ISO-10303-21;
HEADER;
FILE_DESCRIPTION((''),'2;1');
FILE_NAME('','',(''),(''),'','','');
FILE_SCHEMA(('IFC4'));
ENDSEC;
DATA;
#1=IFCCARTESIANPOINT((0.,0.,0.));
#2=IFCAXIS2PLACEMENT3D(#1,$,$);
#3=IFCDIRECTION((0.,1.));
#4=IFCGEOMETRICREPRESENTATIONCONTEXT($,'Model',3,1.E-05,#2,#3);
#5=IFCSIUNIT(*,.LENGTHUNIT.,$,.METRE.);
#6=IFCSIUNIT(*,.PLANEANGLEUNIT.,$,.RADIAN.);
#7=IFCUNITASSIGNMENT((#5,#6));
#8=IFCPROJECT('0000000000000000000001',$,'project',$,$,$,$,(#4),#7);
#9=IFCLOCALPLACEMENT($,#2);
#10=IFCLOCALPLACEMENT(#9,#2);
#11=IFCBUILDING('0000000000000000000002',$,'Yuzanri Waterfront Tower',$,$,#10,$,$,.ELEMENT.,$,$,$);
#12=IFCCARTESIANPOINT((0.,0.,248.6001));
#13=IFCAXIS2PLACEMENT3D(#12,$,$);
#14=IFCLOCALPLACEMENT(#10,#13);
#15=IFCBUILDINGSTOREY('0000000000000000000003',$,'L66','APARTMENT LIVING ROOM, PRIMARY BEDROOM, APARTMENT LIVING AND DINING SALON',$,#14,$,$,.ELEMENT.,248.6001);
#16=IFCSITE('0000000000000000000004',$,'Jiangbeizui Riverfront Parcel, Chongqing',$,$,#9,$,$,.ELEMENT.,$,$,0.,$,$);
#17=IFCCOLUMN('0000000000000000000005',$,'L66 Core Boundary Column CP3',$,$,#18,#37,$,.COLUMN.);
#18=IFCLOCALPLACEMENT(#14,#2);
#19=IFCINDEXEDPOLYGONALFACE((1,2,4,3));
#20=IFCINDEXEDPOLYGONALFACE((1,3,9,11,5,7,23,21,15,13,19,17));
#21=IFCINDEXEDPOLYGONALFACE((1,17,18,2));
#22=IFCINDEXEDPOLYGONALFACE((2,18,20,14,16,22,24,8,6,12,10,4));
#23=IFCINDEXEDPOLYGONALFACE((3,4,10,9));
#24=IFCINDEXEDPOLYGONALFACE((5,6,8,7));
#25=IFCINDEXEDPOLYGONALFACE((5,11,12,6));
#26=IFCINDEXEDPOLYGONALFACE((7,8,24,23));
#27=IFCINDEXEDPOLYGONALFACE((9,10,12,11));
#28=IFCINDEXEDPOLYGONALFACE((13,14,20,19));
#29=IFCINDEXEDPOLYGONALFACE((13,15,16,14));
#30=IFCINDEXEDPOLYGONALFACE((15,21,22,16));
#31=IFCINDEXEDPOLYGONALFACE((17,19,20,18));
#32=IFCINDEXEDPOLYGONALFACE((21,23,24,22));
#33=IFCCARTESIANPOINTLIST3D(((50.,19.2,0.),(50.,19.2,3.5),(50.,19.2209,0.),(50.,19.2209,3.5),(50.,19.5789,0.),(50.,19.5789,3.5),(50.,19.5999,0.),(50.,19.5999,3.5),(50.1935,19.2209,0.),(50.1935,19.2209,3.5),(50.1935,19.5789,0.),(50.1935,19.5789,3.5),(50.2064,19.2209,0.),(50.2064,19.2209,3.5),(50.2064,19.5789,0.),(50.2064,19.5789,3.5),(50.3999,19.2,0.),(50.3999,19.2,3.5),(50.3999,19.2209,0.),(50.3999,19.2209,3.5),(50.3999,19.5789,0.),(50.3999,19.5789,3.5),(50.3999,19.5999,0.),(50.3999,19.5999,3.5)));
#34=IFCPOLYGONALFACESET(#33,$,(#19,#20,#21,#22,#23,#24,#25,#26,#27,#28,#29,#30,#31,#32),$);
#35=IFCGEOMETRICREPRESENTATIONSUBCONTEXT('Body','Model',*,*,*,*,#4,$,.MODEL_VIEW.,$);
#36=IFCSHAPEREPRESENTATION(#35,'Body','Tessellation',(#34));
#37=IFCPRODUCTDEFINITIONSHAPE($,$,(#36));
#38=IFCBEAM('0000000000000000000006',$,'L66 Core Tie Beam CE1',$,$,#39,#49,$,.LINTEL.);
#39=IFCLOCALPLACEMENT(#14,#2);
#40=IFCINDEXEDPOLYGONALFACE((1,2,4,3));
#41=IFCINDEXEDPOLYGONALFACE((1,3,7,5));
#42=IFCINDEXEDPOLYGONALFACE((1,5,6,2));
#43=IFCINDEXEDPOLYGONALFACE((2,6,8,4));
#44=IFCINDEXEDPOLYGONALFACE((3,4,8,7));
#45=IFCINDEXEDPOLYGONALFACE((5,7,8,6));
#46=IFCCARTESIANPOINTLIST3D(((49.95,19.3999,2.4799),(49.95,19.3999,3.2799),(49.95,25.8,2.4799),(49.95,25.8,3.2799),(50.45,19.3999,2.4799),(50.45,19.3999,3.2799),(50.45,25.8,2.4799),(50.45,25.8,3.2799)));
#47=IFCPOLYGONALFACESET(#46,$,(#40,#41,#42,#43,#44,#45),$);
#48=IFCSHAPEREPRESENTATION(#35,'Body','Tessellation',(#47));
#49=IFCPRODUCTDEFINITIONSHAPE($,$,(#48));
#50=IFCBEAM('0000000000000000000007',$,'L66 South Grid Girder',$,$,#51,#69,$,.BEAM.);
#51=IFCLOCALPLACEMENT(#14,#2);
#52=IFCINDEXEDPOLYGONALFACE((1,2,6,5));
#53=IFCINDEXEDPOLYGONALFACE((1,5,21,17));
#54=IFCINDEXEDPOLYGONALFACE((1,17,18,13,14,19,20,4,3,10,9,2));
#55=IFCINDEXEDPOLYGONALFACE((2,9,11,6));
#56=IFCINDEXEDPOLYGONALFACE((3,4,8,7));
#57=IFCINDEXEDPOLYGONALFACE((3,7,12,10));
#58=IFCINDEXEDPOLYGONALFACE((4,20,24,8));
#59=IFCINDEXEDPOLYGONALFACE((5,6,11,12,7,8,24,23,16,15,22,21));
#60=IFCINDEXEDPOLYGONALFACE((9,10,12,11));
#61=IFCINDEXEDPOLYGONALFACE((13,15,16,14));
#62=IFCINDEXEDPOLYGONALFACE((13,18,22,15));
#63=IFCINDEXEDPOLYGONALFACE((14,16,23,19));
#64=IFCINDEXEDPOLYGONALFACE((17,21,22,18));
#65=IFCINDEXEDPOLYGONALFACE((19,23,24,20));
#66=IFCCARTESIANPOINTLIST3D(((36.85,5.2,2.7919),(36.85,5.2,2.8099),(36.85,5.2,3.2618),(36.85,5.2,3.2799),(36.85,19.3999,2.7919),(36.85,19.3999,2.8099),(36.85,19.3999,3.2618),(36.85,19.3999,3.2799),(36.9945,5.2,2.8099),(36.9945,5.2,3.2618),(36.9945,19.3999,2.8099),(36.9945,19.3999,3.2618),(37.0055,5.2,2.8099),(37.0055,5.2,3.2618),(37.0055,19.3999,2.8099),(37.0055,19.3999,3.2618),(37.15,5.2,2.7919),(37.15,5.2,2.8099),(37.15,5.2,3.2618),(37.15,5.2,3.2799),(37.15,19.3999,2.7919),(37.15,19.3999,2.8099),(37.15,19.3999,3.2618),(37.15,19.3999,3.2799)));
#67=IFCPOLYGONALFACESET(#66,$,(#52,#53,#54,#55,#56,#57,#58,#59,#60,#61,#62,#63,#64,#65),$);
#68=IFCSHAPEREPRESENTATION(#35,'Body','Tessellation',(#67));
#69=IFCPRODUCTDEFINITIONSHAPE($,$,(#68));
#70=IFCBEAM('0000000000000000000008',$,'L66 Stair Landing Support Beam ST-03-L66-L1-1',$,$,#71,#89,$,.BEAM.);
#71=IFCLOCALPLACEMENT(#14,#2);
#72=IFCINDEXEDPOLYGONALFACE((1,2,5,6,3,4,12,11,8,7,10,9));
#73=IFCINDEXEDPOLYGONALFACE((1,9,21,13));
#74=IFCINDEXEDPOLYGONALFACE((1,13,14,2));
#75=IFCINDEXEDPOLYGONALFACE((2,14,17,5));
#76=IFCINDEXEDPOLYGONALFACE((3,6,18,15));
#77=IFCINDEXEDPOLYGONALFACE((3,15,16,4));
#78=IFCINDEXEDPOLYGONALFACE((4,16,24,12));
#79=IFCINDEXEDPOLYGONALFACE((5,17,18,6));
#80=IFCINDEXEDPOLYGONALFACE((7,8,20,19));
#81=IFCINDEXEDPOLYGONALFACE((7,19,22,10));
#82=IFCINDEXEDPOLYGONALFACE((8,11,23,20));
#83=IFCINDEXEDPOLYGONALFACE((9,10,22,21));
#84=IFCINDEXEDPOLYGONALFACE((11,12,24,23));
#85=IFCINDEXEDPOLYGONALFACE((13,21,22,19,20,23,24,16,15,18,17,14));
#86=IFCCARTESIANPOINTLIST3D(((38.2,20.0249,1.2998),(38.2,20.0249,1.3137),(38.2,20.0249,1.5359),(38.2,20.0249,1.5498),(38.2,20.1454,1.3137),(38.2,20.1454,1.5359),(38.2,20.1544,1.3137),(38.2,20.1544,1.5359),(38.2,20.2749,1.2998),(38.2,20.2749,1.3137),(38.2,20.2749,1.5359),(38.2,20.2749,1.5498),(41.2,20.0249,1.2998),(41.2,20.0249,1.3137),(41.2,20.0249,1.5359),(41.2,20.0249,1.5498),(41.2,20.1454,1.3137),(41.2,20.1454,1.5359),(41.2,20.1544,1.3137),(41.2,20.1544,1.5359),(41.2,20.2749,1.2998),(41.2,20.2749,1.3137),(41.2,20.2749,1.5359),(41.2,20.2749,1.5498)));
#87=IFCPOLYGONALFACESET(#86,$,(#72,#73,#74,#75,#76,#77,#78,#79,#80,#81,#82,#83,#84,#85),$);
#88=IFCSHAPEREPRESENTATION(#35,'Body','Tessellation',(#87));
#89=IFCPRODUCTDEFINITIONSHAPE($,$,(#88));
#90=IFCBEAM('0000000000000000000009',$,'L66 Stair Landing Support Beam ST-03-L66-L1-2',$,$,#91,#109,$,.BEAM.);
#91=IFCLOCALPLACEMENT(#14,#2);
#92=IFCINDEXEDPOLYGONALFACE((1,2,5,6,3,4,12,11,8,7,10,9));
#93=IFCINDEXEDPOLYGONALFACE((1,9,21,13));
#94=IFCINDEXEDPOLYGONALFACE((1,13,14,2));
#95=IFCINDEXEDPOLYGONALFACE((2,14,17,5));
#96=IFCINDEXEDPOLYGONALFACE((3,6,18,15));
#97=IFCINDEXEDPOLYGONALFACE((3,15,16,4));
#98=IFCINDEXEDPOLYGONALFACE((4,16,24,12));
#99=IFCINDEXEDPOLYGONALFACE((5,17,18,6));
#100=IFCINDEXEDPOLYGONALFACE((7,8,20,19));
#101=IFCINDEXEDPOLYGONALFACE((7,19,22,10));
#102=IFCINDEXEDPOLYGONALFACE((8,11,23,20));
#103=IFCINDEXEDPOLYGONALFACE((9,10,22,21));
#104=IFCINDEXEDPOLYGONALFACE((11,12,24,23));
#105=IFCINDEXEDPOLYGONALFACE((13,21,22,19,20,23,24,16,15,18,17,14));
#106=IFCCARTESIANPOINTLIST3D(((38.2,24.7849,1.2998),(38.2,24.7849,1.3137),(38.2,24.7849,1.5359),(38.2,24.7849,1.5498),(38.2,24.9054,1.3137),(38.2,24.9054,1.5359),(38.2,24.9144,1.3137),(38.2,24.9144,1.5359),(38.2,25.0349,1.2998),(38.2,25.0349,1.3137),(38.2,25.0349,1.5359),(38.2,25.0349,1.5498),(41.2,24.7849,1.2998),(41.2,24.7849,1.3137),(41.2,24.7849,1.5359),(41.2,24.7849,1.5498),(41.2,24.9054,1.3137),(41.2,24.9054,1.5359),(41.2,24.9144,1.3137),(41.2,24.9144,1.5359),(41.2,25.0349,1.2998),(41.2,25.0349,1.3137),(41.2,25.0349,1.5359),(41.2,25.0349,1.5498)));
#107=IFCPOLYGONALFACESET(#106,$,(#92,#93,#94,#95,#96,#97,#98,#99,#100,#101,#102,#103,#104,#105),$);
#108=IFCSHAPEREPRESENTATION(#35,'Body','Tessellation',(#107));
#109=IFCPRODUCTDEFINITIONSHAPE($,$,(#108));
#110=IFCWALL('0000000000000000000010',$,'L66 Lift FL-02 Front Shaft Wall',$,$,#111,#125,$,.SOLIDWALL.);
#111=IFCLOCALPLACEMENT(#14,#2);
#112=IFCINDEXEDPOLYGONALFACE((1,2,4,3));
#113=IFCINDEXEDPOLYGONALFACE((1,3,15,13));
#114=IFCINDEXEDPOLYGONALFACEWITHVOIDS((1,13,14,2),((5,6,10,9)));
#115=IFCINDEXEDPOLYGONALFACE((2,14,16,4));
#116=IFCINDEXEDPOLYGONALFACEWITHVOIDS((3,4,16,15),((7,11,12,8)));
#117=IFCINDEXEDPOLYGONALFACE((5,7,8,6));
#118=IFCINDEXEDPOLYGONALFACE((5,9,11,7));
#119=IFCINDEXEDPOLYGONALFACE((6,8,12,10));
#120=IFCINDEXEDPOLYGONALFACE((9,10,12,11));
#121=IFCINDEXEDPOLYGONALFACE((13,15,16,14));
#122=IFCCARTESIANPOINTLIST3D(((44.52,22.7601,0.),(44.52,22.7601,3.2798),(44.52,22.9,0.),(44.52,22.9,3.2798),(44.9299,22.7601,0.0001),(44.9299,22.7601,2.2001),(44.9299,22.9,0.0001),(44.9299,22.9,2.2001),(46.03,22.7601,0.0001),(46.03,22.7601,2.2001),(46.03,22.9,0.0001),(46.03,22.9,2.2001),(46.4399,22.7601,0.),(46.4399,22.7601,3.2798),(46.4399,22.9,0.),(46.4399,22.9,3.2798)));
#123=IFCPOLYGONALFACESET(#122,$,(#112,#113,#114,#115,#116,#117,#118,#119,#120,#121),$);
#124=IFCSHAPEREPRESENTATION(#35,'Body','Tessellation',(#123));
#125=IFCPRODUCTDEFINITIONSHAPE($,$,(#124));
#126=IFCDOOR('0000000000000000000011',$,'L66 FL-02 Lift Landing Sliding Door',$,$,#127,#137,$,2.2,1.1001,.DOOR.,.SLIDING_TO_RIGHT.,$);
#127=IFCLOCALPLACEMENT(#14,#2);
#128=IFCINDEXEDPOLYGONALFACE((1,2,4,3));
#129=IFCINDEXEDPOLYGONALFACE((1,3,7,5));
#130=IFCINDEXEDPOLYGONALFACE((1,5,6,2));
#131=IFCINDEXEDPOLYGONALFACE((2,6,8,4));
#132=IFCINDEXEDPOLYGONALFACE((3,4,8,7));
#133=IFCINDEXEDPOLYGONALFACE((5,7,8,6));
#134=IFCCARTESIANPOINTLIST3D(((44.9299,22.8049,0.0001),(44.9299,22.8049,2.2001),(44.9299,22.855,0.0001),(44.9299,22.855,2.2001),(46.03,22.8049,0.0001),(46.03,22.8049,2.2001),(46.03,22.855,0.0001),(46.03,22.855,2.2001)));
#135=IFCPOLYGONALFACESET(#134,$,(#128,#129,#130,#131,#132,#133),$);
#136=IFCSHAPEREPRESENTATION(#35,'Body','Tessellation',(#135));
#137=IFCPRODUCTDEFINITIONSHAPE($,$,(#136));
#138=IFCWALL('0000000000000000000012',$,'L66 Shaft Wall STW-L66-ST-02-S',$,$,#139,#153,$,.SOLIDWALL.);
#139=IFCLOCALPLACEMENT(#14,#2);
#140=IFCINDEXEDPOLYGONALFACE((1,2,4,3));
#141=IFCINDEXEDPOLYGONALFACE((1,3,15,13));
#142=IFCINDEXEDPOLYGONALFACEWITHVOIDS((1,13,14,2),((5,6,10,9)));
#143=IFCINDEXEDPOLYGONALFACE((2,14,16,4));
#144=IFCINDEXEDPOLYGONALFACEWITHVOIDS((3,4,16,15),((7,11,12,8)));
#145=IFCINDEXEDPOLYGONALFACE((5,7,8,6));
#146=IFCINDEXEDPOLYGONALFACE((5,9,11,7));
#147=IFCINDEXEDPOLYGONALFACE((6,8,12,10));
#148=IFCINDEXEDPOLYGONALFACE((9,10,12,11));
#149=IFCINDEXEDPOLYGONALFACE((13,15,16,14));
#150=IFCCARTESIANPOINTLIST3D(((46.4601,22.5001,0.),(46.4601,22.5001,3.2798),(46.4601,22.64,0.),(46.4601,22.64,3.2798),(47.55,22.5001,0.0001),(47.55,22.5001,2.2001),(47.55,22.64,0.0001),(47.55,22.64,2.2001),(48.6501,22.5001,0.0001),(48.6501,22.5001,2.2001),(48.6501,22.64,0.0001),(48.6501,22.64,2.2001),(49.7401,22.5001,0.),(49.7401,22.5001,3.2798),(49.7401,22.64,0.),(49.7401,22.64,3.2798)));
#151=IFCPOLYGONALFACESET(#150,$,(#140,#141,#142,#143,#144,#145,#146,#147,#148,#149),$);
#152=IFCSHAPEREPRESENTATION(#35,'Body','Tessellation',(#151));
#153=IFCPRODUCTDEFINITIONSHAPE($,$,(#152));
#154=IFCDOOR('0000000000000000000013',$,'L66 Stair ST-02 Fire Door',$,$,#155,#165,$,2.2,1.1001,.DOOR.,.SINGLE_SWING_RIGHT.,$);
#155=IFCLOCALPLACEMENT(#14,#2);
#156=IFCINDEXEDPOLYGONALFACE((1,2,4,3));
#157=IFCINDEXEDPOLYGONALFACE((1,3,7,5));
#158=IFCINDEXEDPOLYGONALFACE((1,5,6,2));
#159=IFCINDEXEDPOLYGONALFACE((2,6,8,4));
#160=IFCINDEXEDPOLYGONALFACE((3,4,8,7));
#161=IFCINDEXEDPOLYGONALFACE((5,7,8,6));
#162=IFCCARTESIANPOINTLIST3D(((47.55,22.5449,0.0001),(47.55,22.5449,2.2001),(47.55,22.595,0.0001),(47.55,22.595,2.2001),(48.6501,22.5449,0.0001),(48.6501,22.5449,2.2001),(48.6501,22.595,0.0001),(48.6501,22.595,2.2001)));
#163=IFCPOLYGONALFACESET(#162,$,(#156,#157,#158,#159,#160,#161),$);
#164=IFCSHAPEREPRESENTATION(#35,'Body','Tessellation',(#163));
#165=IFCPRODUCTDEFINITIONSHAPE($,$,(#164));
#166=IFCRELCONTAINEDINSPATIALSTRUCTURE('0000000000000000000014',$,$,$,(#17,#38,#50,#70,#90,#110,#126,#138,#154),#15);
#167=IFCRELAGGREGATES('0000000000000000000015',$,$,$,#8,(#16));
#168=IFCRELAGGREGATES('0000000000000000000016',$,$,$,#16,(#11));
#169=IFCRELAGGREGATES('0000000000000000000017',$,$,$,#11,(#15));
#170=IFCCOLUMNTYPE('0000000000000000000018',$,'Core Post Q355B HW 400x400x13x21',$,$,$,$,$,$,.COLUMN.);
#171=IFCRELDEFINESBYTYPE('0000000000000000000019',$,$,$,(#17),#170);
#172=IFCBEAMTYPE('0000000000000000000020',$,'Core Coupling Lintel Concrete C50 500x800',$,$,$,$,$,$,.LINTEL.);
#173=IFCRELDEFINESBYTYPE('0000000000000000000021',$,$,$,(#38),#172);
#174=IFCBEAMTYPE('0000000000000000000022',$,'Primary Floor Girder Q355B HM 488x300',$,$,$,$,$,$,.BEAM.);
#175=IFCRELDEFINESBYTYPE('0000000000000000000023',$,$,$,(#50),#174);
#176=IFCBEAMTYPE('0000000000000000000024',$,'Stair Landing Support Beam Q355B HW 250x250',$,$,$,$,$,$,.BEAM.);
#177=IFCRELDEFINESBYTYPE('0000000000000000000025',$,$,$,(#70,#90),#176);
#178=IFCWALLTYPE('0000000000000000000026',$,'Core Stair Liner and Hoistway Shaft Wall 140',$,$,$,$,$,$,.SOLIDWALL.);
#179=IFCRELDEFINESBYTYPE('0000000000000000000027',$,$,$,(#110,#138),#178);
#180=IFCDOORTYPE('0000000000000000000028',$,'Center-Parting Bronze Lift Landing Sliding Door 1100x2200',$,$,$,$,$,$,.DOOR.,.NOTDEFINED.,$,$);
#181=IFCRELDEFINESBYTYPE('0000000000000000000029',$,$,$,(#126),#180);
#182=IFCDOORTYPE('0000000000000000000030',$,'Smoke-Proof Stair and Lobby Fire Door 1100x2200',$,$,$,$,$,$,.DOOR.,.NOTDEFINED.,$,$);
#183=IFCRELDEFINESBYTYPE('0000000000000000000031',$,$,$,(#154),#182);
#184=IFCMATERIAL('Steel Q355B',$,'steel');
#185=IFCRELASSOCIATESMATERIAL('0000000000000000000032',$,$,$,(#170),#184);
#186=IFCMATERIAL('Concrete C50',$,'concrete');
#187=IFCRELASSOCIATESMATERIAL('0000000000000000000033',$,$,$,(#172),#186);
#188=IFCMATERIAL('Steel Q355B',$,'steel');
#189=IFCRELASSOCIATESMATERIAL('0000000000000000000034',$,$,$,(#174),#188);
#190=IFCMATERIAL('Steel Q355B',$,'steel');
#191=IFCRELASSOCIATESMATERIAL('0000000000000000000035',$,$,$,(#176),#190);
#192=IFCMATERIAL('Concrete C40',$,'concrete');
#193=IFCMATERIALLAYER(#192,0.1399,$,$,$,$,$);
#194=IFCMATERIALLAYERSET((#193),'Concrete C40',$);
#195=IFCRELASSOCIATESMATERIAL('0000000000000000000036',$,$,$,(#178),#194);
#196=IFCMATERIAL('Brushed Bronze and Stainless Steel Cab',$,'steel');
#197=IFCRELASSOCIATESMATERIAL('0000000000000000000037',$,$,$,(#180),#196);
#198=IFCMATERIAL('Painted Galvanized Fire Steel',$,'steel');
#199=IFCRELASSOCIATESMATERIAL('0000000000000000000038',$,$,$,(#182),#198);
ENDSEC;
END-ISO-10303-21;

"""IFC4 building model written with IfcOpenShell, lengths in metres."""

from ifc_helpers import new_model, si_unit, direction, frame, frame_2d, origin, origin_2d, place, context, subcontext, project, spatial, rectangle, i_section, extrude, source, transform, mapped, material, layer, layer_set, material_profile, profile_set, type_object, element, fill, save


model = new_model("IFC4")

# Units and contexts
model_context = context("Model", 3, precision=1e-05, world=origin(), true_north=direction((0.0, 1.0)))
body_context = subcontext(model_context, "Body", "Model", "MODEL_VIEW")
ifc_project = project(units=[si_unit("LENGTHUNIT", "METRE"), si_unit("PLANEANGLEUNIT", "RADIAN")], contexts=[model_context])

# Site, building, storey
site_placement = place(None, origin())
site = spatial("IfcSite", under=ifc_project, at=site_placement, Name="Jiangbeizui Riverfront Parcel, Chongqing", CompositionType="ELEMENT", RefElevation=0.0)
building_placement = place(site_placement, origin())
building = spatial("IfcBuilding", under=site, at=building_placement, Name="Yuzanri Waterfront Tower", CompositionType="ELEMENT")
storey_placement = place(building_placement, frame((0.0, 0.0, 248.6001)))
storey = spatial("IfcBuildingStorey", under=building, at=storey_placement, Name="L66", Description="APARTMENT LIVING ROOM, PRIMARY BEDROOM, APARTMENT LIVING AND DINING SALON", CompositionType="ELEMENT", Elevation=248.6001)

# Column
ifc_material_1 = material(Name="Steel Q355B", Category="steel")
ifc_material_profile_1 = material_profile(ifc_material_1, i_section(OverallWidth=0.3999, OverallDepth=0.3999, WebThickness=0.0129, FlangeThickness=0.021, at=origin_2d()), Name="HW 400x400x13x21")
ifc_profile_set_1 = profile_set([ifc_material_profile_1], Name="Steel Q355B")
column_type = type_object("IfcColumnType", Name="Core Post Q355B HW 400x400x13x21", PredefinedType="COLUMN", material=ifc_profile_set_1)
shared_shape_1 = source(origin(), body_context, "Body", "SweptSolid", [
    extrude(i_section(OverallWidth=0.3999, OverallDepth=0.3999, WebThickness=0.0129, FlangeThickness=0.021, at=origin_2d()), origin(), (0.0, 0.0, 1.0), 3.5),
])
column_placement = place(storey_placement, frame((50.2, 19.3999, 0.0), z_axis=(0.0, 0.0, 1.0), x_axis=(1.0, 0.0, 0.0)))
element("IfcColumn", 1, at=column_placement, inside=storey, type_object=column_type, Name="L66 Core Boundary Column CP3", PredefinedType="COLUMN", context=body_context, shape_type="MappedRepresentation", body=[
    mapped(shared_shape_1, transform((0.0, 0.0, 0.0), scale=1.0)),
])

# Beams
ifc_material_2 = material(Name="Concrete C50", Category="concrete")
ifc_material_profile_2 = material_profile(ifc_material_2, rectangle(XDim=0.5, YDim=0.8, at=origin_2d()), Name="RC 500x800")
ifc_profile_set_2 = profile_set([ifc_material_profile_2], Name="Concrete C50")
beam_type_1 = type_object("IfcBeamType", Name="Core Coupling Lintel Concrete C50 500x800", PredefinedType="LINTEL", material=ifc_profile_set_2)
shared_shape_2 = source(origin(), body_context, "Body", "SweptSolid", [
    extrude(rectangle(XDim=0.5, YDim=0.8, at=origin_2d()), origin(), (0.0, 0.0, 1.0), 6.4001),
])
beam_1_placement = place(storey_placement, frame((50.2, 19.3999, 2.8799), z_axis=(0.0, 1.0, 0.0), x_axis=(-1.0, 0.0, 0.0)))
element("IfcBeam", 2, at=beam_1_placement, inside=storey, type_object=beam_type_1, Name="L66 Core Tie Beam CE1", PredefinedType="LINTEL", context=body_context, shape_type="MappedRepresentation", body=[
    mapped(shared_shape_2, transform((0.0, 0.0, 0.0), scale=1.0)),
])
ifc_material_3 = material(Name="Steel Q355B", Category="steel")
ifc_material_profile_3 = material_profile(ifc_material_3, i_section(OverallWidth=0.3, OverallDepth=0.488, WebThickness=0.011, FlangeThickness=0.0181, at=origin_2d()), Name="HM 488x300x11x18")
ifc_profile_set_3 = profile_set([ifc_material_profile_3], Name="Steel Q355B")
beam_type_2 = type_object("IfcBeamType", Name="Primary Floor Girder Q355B HM 488x300", PredefinedType="BEAM", material=ifc_profile_set_3)
shared_shape_3 = source(origin(), body_context, "Body", "SweptSolid", [
    extrude(i_section(OverallWidth=0.3, OverallDepth=0.488, WebThickness=0.011, FlangeThickness=0.0181, at=origin_2d()), origin(), (0.0, 0.0, 1.0), 14.2),
])
beam_2_placement = place(storey_placement, frame((37.0, 19.3999, 3.0359), z_axis=(0.0, -1.0, 0.0), x_axis=(1.0, 0.0, 0.0)))
element("IfcBeam", 3, at=beam_2_placement, inside=storey, type_object=beam_type_2, Name="L66 South Grid Girder", PredefinedType="BEAM", context=body_context, shape_type="MappedRepresentation", body=[
    mapped(shared_shape_3, transform((0.0, 0.0, 0.0), scale=1.0)),
])
ifc_material_4 = material(Name="Steel Q355B", Category="steel")
ifc_material_profile_4 = material_profile(ifc_material_4, i_section(OverallWidth=0.25, OverallDepth=0.25, WebThickness=0.009, FlangeThickness=0.0139, at=origin_2d()), Name="HW 250x250x9x14")
ifc_profile_set_4 = profile_set([ifc_material_profile_4], Name="Steel Q355B")
beam_type_3 = type_object("IfcBeamType", Name="Stair Landing Support Beam Q355B HW 250x250", PredefinedType="BEAM", material=ifc_profile_set_4)
shared_shape_4 = source(origin(), body_context, "Body", "SweptSolid", [
    extrude(i_section(OverallWidth=0.25, OverallDepth=0.25, WebThickness=0.009, FlangeThickness=0.0139, at=origin_2d()), origin(), (0.0, 0.0, 1.0), 3.0),
])
for number, where, z_axis, x_axis, name in (
    (4, (38.2, 20.1499, 1.4248), (1.0, 0.0, 0.0), (0.0, 1.0, 0.0), "L66 Stair Landing Support Beam ST-03-L66-L1-1"),
    (5, (38.2, 24.9099, 1.4248), (1.0, 0.0, 0.0), (0.0, 1.0, 0.0), "L66 Stair Landing Support Beam ST-03-L66-L1-2"),
):
    element("IfcBeam", number, at=place(storey_placement, frame(where, z_axis=z_axis, x_axis=x_axis)), inside=storey, type_object=beam_type_3, Name=name, PredefinedType="BEAM", context=body_context, shape_type="MappedRepresentation", body=[
        mapped(shared_shape_4, transform((0.0, 0.0, 0.0), scale=1.0)),
    ])

# Walls, openings, doors
ifc_material_5 = material(Name="Concrete C40", Category="concrete")
ifc_layer_1 = layer(ifc_material_5, 0.1399)
ifc_layer_set_1 = layer_set([ifc_layer_1], Name="Concrete C40")
wall_type_1 = type_object("IfcWallType", Name="Core Stair Liner and Hoistway Shaft Wall 140", PredefinedType="SOLIDWALL", material=ifc_layer_set_1)
wall_1_placement = place(storey_placement, frame((44.52, 22.8301, 0.0), z_axis=(0.0, 0.0, 1.0), x_axis=(1.0, 0.0, 0.0)))
wall_1 = element("IfcWall", 6, at=wall_1_placement, inside=storey, type_object=wall_type_1, Name="L66 Lift FL-02 Front Shaft Wall", PredefinedType="SOLIDWALL", context=body_context, shape_type="SweptSolid", body=[
    extrude(rectangle(XDim=1.9199, YDim=0.1399, at=frame_2d((0.96, 0.0))), origin(), (0.0, 0.0, 1.0), 3.2798),
])
opening_1_placement = place(wall_1_placement, frame((0.4099, 0.0, 0.0)))
opening_1 = element("IfcOpeningElement", 7, at=opening_1_placement, cuts=wall_1, PredefinedType="OPENING", context=body_context, shape_type="SweptSolid", body=[
    extrude(rectangle(XDim=1.1001, YDim=2.2, at=frame_2d((0.55, 1.1001))), frame((0.0, 0.085, 0.0), z_axis=(0.0, -1.0, 0.0), x_axis=(1.0, 0.0, 0.0)), (0.0, 0.0, 1.0), 0.1697),
])
ifc_material_6 = material(Name="Brushed Bronze and Stainless Steel Cab", Category="steel")
door_type_1 = type_object("IfcDoorType", Name="Center-Parting Bronze Lift Landing Sliding Door 1100x2200", OperationType="NOTDEFINED", PredefinedType="DOOR", material=ifc_material_6)
shared_shape_5 = source(origin(), body_context, "Body", "SweptSolid", [
    extrude(rectangle(XDim=1.1001, YDim=2.2, at=frame_2d((0.55, 1.1001))), frame((0.0, 0.0249, 0.0), z_axis=(0.0, -1.0, 0.0), x_axis=(1.0, 0.0, 0.0)), (0.0, 0.0, 1.0), 0.05),
])
door_1_placement = place(opening_1_placement, origin())
door_1 = element("IfcDoor", 8, at=door_1_placement, inside=storey, type_object=door_type_1, Name="L66 FL-02 Lift Landing Sliding Door", OperationType="SLIDING_TO_RIGHT", OverallHeight=2.2, OverallWidth=1.1001, PredefinedType="DOOR", context=body_context, shape_type="MappedRepresentation", body=[
    mapped(shared_shape_5, transform((0.0, 0.0, 0.0), scale=1.0)),
])
fill(opening_1, door_1)
wall_2_placement = place(storey_placement, frame((46.46, 22.5701, 0.0), z_axis=(0.0, 0.0, 1.0), x_axis=(1.0, 0.0, 0.0)))
wall_2 = element("IfcWall", 9, at=wall_2_placement, inside=storey, type_object=wall_type_1, Name="L66 Shaft Wall STW-L66-ST-02-S", PredefinedType="SOLIDWALL", context=body_context, shape_type="SweptSolid", body=[
    extrude(rectangle(XDim=3.28, YDim=0.1399, at=frame_2d((1.6401, 0.0))), origin(), (0.0, 0.0, 1.0), 3.2798),
])
opening_2_placement = place(wall_2_placement, frame((1.0901, 0.0, 0.0)))
opening_2 = element("IfcOpeningElement", 10, at=opening_2_placement, cuts=wall_2, PredefinedType="OPENING", context=body_context, shape_type="SweptSolid", body=[
    extrude(rectangle(XDim=1.1001, YDim=2.2, at=frame_2d((0.55, 1.1001))), frame((0.0, 0.085, 0.0), z_axis=(0.0, -1.0, 0.0), x_axis=(1.0, 0.0, 0.0)), (0.0, 0.0, 1.0), 0.1697),
])
ifc_material_7 = material(Name="Painted Galvanized Fire Steel", Category="steel")
door_type_2 = type_object("IfcDoorType", Name="Smoke-Proof Stair and Lobby Fire Door 1100x2200", OperationType="NOTDEFINED", PredefinedType="DOOR", material=ifc_material_7)
shared_shape_6 = source(origin(), body_context, "Body", "SweptSolid", [
    extrude(rectangle(XDim=1.1001, YDim=2.2, at=frame_2d((0.55, 1.1001))), frame((0.0, 0.0249, 0.0), z_axis=(0.0, -1.0, 0.0), x_axis=(1.0, 0.0, 0.0)), (0.0, 0.0, 1.0), 0.05),
])
door_2_placement = place(opening_2_placement, origin())
door_2 = element("IfcDoor", 11, at=door_2_placement, inside=storey, type_object=door_type_2, Name="L66 Stair ST-02 Fire Door", OperationType="SINGLE_SWING_RIGHT", OverallHeight=2.2, OverallWidth=1.1001, PredefinedType="DOOR", context=body_context, shape_type="MappedRepresentation", body=[
    mapped(shared_shape_6, transform((0.0, 0.0, 0.0), scale=1.0)),
])
fill(opening_2, door_2)

save(model, "model.ifc")
